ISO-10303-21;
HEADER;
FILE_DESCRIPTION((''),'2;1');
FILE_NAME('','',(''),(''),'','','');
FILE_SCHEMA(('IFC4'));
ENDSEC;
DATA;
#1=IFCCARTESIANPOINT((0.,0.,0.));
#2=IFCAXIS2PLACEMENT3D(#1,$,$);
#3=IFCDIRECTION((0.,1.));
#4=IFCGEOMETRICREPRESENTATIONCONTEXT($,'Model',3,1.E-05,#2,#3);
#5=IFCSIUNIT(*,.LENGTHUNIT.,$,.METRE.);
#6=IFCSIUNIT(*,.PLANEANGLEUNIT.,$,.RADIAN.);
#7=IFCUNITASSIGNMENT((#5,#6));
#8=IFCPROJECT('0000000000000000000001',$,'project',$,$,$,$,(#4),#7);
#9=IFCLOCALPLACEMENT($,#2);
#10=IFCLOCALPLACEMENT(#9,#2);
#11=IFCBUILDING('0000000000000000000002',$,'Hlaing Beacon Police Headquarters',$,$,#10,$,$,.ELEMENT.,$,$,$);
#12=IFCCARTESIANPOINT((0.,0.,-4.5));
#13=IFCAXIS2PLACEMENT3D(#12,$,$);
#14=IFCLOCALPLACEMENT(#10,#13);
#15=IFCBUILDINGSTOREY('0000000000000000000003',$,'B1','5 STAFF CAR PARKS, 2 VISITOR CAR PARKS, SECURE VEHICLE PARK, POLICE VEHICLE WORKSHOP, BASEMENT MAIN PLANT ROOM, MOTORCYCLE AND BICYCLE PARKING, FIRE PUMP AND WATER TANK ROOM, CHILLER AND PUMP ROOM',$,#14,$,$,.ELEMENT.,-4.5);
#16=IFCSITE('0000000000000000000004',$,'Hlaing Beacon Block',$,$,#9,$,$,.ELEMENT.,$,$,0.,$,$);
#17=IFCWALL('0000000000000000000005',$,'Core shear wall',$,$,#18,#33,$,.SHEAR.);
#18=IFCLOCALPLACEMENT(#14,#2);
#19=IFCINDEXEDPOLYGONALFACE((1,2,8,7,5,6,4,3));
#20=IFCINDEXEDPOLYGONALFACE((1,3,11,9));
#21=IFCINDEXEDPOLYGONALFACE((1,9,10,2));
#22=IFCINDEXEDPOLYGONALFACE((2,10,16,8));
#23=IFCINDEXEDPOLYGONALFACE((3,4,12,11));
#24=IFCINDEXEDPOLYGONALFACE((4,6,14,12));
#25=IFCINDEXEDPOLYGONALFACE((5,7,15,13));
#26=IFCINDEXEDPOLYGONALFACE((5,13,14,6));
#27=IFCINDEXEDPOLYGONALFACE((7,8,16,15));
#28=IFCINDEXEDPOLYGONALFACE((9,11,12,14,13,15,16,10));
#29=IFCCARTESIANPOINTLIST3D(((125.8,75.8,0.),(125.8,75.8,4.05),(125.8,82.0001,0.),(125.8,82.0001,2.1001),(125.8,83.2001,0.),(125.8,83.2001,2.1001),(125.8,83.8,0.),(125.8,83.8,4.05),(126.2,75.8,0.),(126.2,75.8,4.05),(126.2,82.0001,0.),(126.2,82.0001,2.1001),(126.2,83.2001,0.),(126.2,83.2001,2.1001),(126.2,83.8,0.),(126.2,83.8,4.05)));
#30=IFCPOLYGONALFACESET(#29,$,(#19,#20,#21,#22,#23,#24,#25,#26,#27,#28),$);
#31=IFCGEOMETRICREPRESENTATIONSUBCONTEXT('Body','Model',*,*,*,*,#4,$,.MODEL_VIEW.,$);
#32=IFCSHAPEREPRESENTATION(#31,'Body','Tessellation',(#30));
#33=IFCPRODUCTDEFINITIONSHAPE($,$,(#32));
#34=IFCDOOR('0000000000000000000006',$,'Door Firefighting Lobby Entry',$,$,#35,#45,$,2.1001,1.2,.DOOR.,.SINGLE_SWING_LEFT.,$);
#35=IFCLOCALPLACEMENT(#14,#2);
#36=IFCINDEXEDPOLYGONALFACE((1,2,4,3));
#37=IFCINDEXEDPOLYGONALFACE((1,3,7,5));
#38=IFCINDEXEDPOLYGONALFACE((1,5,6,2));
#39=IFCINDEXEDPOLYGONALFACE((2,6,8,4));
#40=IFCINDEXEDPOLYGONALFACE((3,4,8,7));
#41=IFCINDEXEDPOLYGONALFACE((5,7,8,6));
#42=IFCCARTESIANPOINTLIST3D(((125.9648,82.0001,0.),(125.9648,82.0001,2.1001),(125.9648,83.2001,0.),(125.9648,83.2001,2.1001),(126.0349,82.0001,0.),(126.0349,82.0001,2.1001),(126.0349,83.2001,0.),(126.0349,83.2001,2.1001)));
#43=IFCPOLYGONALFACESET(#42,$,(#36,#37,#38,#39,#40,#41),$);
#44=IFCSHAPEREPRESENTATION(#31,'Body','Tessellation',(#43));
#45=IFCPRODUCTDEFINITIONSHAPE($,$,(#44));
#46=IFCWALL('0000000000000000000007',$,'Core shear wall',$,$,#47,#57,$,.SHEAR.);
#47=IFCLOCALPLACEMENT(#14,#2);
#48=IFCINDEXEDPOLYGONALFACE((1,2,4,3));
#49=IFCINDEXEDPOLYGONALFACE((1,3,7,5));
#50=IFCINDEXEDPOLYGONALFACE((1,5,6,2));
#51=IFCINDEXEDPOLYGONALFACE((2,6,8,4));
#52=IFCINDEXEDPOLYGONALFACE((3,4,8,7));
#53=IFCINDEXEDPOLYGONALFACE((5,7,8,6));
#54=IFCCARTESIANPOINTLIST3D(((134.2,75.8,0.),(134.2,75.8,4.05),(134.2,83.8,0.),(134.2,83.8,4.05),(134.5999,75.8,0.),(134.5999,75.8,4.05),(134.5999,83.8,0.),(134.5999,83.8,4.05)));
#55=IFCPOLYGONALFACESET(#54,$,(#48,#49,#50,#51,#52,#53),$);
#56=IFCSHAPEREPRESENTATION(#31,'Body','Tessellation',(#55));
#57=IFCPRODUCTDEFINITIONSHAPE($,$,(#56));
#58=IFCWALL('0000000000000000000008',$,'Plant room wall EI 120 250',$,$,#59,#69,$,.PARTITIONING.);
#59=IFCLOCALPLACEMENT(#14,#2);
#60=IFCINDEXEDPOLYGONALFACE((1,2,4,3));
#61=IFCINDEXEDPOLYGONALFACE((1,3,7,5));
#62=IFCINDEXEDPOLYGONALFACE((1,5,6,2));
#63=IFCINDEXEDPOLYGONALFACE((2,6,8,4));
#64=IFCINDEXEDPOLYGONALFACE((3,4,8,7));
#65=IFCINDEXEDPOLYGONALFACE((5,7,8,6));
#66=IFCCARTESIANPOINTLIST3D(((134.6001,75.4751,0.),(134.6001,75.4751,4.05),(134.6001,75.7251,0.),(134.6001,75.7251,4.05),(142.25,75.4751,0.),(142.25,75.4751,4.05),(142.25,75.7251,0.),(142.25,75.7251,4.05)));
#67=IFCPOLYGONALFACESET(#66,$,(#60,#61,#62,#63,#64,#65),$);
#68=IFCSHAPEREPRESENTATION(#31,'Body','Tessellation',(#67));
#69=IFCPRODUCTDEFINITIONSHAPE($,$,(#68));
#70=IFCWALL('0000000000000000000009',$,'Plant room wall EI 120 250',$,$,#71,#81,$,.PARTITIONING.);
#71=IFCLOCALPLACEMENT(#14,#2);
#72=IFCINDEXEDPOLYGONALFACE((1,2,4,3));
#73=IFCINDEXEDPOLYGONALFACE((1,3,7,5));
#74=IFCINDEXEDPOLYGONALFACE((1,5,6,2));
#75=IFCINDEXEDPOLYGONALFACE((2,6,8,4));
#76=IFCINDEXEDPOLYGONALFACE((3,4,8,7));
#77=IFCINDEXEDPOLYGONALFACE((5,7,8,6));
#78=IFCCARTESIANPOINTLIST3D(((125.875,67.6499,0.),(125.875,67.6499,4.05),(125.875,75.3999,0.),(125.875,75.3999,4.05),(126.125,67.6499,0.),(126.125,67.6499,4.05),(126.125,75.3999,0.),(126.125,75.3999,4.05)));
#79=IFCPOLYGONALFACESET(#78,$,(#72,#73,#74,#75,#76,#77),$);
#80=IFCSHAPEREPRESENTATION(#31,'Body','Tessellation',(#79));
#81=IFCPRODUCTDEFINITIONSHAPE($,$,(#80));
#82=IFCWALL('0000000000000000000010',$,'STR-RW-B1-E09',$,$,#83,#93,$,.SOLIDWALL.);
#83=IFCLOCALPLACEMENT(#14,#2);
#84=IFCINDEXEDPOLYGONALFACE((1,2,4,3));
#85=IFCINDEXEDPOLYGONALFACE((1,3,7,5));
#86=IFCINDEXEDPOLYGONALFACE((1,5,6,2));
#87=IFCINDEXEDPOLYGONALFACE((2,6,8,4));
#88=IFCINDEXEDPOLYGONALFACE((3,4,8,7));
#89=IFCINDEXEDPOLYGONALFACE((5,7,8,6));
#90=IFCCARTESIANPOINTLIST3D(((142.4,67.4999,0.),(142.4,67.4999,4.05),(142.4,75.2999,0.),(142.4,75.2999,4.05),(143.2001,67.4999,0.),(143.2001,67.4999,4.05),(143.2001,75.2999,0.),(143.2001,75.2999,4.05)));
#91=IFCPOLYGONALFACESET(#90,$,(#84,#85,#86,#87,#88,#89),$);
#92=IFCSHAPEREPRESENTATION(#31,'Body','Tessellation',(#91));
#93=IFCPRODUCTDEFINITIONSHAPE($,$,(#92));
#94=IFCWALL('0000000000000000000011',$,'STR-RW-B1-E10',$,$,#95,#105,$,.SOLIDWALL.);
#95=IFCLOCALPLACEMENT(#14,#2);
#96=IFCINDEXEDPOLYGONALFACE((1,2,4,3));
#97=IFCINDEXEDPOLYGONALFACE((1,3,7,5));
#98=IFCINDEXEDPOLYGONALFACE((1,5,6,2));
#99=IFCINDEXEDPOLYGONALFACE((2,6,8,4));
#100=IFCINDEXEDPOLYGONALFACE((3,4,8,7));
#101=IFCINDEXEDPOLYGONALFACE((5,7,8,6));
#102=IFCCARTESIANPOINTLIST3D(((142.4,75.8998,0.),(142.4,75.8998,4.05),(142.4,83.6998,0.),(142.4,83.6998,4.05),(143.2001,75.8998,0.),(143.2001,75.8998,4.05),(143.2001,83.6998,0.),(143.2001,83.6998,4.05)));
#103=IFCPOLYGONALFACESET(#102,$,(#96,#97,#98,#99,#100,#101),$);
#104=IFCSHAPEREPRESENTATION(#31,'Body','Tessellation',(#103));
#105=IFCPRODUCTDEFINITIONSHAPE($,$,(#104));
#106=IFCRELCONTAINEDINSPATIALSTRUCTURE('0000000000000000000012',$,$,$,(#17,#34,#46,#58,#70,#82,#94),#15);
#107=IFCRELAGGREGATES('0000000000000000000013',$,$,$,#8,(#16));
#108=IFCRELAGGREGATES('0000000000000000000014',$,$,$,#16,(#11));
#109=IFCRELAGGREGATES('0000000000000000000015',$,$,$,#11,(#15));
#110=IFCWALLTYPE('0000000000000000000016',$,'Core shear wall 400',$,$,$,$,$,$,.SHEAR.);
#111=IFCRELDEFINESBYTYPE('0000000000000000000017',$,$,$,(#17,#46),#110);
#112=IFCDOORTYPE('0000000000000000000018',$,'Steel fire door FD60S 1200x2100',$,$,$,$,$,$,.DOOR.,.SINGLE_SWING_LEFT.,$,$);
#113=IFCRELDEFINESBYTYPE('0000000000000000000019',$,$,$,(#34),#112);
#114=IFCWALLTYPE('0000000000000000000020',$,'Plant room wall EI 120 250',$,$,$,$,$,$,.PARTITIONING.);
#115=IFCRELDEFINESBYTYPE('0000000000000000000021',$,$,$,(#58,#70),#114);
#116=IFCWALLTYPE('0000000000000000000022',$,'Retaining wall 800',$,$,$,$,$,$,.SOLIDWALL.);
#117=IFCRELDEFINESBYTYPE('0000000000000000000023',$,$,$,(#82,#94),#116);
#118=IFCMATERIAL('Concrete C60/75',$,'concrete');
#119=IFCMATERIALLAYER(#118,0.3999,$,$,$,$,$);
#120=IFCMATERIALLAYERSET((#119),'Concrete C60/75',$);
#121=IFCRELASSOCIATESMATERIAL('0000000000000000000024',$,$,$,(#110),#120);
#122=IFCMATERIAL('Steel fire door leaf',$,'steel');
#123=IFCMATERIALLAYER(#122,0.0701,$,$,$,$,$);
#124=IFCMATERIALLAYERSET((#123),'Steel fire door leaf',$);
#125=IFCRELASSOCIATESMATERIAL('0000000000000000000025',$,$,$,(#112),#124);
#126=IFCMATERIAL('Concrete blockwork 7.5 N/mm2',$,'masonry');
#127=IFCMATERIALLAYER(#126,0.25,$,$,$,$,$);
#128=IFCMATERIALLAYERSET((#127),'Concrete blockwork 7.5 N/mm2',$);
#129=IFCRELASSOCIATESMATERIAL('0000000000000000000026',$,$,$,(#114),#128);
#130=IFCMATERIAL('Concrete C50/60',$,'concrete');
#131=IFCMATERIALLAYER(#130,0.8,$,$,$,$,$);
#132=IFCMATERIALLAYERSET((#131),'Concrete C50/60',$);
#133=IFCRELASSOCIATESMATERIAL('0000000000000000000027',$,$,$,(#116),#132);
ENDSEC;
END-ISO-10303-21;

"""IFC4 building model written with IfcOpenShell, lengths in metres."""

from ifc_helpers import new_model, si_unit, direction, frame, frame_2d, origin, place, context, subcontext, project, spatial, rectangle, extrude, material, layer, layer_set, type_object, element, fill, save


model = new_model("IFC4")

# Units and contexts
model_context = context("Model", 3, precision=1e-05, world=origin(), true_north=direction((0.0, 1.0)))
body_context = subcontext(model_context, "Body", "Model", "MODEL_VIEW")
ifc_project = project(units=[si_unit("LENGTHUNIT", "METRE"), si_unit("PLANEANGLEUNIT", "RADIAN")], contexts=[model_context])

# Site, building, storey
site_placement = place(None, origin())
site = spatial("IfcSite", under=ifc_project, at=site_placement, Name="Hlaing Beacon Block", CompositionType="ELEMENT", RefElevation=0.0)
building_placement = place(site_placement, origin())
building = spatial("IfcBuilding", under=site, at=building_placement, Name="Hlaing Beacon Police Headquarters", CompositionType="ELEMENT")
storey_placement = place(building_placement, frame((0.0, 0.0, -4.5)))
storey = spatial("IfcBuildingStorey", under=building, at=storey_placement, Name="B1", Description="5 STAFF CAR PARKS, 2 VISITOR CAR PARKS, SECURE VEHICLE PARK, POLICE VEHICLE WORKSHOP, BASEMENT MAIN PLANT ROOM, MOTORCYCLE AND BICYCLE PARKING, FIRE PUMP AND WATER TANK ROOM, CHILLER AND PUMP ROOM", CompositionType="ELEMENT", Elevation=-4.5)

# Shared definitions
ifc_material_1 = material(Name="Concrete C60/75", Category="concrete")
ifc_layer_1 = layer(ifc_material_1, 0.3999)
ifc_layer_set_1 = layer_set([ifc_layer_1], Name="Concrete C60/75")
wall_type_1 = type_object("IfcWallType", Name="Core shear wall 400", PredefinedType="SHEAR", material=ifc_layer_set_1)

# Wall, opening, door
wall_1_placement = place(storey_placement, frame((126.0, 75.8, 0.0), z_axis=(0.0, 0.0, 1.0), x_axis=(0.0, 1.0, 0.0)))
wall_1 = element("IfcWall", 1, at=wall_1_placement, inside=storey, type_object=wall_type_1, Name="Core shear wall", PredefinedType="SHEAR", context=body_context, shape_type="SweptSolid", body=[
    extrude(rectangle(XDim=8.0, YDim=0.3999, at=frame_2d((4.0, 0.0))), origin(), (0.0, 0.0, 1.0), 4.05),
])
opening_placement = place(wall_1_placement, frame((6.2, 0.0, 0.0)))
opening = element("IfcOpeningElement", 2, at=opening_placement, cuts=wall_1, PredefinedType="OPENING", context=body_context, shape_type="SweptSolid", body=[
    extrude(rectangle(XDim=1.2, YDim=2.1001, at=frame_2d((0.6001, 1.05))), frame((0.0, 0.21, 0.0), z_axis=(0.0, -1.0, 0.0), x_axis=(1.0, 0.0, 0.0)), (0.0, 0.0, 1.0), 0.4199),
])
ifc_material_2 = material(Name="Steel fire door leaf", Category="steel")
ifc_layer_2 = layer(ifc_material_2, 0.0701)
ifc_layer_set_2 = layer_set([ifc_layer_2], Name="Steel fire door leaf")
door_type = type_object("IfcDoorType", Name="Steel fire door FD60S 1200x2100", OperationType="SINGLE_SWING_LEFT", PredefinedType="DOOR", material=ifc_layer_set_2)
door_placement = place(opening_placement, frame((1.2, 0.0, 0.0), z_axis=(0.0, 0.0, 1.0), x_axis=(-1.0, 0.0, 0.0)))
door = element("IfcDoor", 3, at=door_placement, inside=storey, type_object=door_type, Name="Door Firefighting Lobby Entry", OperationType="SINGLE_SWING_LEFT", OverallHeight=2.1001, OverallWidth=1.2, PredefinedType="DOOR", context=body_context, shape_type="SweptSolid", body=[
    extrude(rectangle(XDim=1.2, YDim=2.1001, at=frame_2d((0.5999, 1.05))), frame((0.0, 0.0349, 0.0), z_axis=(0.0, -1.0, 0.0), x_axis=(1.0, 0.0, 0.0)), (0.0, 0.0, 1.0), 0.0701),
])
fill(opening, door)

# Walls
wall_2_placement = place(storey_placement, frame((134.3999, 75.8, 0.0), z_axis=(0.0, 0.0, 1.0), x_axis=(0.0, 1.0, 0.0)))
element("IfcWall", 4, at=wall_2_placement, inside=storey, type_object=wall_type_1, Name="Core shear wall", PredefinedType="SHEAR", context=body_context, shape_type="SweptSolid", body=[
    extrude(rectangle(XDim=8.0, YDim=0.3999, at=frame_2d((4.0, 0.0))), origin(), (0.0, 0.0, 1.0), 4.05),
])
ifc_material_3 = material(Name="Concrete blockwork 7.5 N/mm2", Category="masonry")
ifc_layer_3 = layer(ifc_material_3, 0.25)
ifc_layer_set_3 = layer_set([ifc_layer_3], Name="Concrete blockwork 7.5 N/mm2")
wall_type_2 = type_object("IfcWallType", Name="Plant room wall EI 120 250", PredefinedType="PARTITIONING", material=ifc_layer_set_3)
wall_3_placement = place(storey_placement, frame((134.6001, 75.6001, 0.0), z_axis=(0.0, 0.0, 1.0), x_axis=(1.0, 0.0, 0.0)))
element("IfcWall", 5, at=wall_3_placement, inside=storey, type_object=wall_type_2, Name="Plant room wall EI 120 250", PredefinedType="PARTITIONING", context=body_context, shape_type="SweptSolid", body=[
    extrude(rectangle(XDim=7.6499, YDim=0.25, at=frame_2d((3.825, 0.0))), origin(), (0.0, 0.0, 1.0), 4.05),
])
wall_4_placement = place(storey_placement, frame((126.0, 67.6499, 0.0), z_axis=(0.0, 0.0, 1.0), x_axis=(0.0, 1.0, 0.0)))
element("IfcWall", 6, at=wall_4_placement, inside=storey, type_object=wall_type_2, Name="Plant room wall EI 120 250", PredefinedType="PARTITIONING", context=body_context, shape_type="SweptSolid", body=[
    extrude(rectangle(XDim=7.75, YDim=0.25, at=frame_2d((3.875, 0.0))), origin(), (0.0, 0.0, 1.0), 4.05),
])
ifc_material_4 = material(Name="Concrete C50/60", Category="concrete")
ifc_layer_4 = layer(ifc_material_4, 0.8)
ifc_layer_set_4 = layer_set([ifc_layer_4], Name="Concrete C50/60")
wall_type_3 = type_object("IfcWallType", Name="Retaining wall 800", PredefinedType="SOLIDWALL", material=ifc_layer_set_4)
for number, where, z_axis, x_axis, name in (
    (7, (142.8, 67.5, 0.0), (0.0, 0.0, 1.0), (0.0, 1.0, 0.0), "STR-RW-B1-E09"),
    (8, (142.8, 75.8999, 0.0), (0.0, 0.0, 1.0), (0.0, 1.0, 0.0), "STR-RW-B1-E10"),
):
    element("IfcWall", number, at=place(storey_placement, frame(where, z_axis=z_axis, x_axis=x_axis)), inside=storey, type_object=wall_type_3, Name=name, PredefinedType="SOLIDWALL", context=body_context, shape_type="SweptSolid", body=[
        extrude(rectangle(XDim=7.8, YDim=0.8, at=frame_2d((3.8999, 0.0))), origin(), (0.0, 0.0, 1.0), 4.05),
    ])

save(model, "model.ifc")
